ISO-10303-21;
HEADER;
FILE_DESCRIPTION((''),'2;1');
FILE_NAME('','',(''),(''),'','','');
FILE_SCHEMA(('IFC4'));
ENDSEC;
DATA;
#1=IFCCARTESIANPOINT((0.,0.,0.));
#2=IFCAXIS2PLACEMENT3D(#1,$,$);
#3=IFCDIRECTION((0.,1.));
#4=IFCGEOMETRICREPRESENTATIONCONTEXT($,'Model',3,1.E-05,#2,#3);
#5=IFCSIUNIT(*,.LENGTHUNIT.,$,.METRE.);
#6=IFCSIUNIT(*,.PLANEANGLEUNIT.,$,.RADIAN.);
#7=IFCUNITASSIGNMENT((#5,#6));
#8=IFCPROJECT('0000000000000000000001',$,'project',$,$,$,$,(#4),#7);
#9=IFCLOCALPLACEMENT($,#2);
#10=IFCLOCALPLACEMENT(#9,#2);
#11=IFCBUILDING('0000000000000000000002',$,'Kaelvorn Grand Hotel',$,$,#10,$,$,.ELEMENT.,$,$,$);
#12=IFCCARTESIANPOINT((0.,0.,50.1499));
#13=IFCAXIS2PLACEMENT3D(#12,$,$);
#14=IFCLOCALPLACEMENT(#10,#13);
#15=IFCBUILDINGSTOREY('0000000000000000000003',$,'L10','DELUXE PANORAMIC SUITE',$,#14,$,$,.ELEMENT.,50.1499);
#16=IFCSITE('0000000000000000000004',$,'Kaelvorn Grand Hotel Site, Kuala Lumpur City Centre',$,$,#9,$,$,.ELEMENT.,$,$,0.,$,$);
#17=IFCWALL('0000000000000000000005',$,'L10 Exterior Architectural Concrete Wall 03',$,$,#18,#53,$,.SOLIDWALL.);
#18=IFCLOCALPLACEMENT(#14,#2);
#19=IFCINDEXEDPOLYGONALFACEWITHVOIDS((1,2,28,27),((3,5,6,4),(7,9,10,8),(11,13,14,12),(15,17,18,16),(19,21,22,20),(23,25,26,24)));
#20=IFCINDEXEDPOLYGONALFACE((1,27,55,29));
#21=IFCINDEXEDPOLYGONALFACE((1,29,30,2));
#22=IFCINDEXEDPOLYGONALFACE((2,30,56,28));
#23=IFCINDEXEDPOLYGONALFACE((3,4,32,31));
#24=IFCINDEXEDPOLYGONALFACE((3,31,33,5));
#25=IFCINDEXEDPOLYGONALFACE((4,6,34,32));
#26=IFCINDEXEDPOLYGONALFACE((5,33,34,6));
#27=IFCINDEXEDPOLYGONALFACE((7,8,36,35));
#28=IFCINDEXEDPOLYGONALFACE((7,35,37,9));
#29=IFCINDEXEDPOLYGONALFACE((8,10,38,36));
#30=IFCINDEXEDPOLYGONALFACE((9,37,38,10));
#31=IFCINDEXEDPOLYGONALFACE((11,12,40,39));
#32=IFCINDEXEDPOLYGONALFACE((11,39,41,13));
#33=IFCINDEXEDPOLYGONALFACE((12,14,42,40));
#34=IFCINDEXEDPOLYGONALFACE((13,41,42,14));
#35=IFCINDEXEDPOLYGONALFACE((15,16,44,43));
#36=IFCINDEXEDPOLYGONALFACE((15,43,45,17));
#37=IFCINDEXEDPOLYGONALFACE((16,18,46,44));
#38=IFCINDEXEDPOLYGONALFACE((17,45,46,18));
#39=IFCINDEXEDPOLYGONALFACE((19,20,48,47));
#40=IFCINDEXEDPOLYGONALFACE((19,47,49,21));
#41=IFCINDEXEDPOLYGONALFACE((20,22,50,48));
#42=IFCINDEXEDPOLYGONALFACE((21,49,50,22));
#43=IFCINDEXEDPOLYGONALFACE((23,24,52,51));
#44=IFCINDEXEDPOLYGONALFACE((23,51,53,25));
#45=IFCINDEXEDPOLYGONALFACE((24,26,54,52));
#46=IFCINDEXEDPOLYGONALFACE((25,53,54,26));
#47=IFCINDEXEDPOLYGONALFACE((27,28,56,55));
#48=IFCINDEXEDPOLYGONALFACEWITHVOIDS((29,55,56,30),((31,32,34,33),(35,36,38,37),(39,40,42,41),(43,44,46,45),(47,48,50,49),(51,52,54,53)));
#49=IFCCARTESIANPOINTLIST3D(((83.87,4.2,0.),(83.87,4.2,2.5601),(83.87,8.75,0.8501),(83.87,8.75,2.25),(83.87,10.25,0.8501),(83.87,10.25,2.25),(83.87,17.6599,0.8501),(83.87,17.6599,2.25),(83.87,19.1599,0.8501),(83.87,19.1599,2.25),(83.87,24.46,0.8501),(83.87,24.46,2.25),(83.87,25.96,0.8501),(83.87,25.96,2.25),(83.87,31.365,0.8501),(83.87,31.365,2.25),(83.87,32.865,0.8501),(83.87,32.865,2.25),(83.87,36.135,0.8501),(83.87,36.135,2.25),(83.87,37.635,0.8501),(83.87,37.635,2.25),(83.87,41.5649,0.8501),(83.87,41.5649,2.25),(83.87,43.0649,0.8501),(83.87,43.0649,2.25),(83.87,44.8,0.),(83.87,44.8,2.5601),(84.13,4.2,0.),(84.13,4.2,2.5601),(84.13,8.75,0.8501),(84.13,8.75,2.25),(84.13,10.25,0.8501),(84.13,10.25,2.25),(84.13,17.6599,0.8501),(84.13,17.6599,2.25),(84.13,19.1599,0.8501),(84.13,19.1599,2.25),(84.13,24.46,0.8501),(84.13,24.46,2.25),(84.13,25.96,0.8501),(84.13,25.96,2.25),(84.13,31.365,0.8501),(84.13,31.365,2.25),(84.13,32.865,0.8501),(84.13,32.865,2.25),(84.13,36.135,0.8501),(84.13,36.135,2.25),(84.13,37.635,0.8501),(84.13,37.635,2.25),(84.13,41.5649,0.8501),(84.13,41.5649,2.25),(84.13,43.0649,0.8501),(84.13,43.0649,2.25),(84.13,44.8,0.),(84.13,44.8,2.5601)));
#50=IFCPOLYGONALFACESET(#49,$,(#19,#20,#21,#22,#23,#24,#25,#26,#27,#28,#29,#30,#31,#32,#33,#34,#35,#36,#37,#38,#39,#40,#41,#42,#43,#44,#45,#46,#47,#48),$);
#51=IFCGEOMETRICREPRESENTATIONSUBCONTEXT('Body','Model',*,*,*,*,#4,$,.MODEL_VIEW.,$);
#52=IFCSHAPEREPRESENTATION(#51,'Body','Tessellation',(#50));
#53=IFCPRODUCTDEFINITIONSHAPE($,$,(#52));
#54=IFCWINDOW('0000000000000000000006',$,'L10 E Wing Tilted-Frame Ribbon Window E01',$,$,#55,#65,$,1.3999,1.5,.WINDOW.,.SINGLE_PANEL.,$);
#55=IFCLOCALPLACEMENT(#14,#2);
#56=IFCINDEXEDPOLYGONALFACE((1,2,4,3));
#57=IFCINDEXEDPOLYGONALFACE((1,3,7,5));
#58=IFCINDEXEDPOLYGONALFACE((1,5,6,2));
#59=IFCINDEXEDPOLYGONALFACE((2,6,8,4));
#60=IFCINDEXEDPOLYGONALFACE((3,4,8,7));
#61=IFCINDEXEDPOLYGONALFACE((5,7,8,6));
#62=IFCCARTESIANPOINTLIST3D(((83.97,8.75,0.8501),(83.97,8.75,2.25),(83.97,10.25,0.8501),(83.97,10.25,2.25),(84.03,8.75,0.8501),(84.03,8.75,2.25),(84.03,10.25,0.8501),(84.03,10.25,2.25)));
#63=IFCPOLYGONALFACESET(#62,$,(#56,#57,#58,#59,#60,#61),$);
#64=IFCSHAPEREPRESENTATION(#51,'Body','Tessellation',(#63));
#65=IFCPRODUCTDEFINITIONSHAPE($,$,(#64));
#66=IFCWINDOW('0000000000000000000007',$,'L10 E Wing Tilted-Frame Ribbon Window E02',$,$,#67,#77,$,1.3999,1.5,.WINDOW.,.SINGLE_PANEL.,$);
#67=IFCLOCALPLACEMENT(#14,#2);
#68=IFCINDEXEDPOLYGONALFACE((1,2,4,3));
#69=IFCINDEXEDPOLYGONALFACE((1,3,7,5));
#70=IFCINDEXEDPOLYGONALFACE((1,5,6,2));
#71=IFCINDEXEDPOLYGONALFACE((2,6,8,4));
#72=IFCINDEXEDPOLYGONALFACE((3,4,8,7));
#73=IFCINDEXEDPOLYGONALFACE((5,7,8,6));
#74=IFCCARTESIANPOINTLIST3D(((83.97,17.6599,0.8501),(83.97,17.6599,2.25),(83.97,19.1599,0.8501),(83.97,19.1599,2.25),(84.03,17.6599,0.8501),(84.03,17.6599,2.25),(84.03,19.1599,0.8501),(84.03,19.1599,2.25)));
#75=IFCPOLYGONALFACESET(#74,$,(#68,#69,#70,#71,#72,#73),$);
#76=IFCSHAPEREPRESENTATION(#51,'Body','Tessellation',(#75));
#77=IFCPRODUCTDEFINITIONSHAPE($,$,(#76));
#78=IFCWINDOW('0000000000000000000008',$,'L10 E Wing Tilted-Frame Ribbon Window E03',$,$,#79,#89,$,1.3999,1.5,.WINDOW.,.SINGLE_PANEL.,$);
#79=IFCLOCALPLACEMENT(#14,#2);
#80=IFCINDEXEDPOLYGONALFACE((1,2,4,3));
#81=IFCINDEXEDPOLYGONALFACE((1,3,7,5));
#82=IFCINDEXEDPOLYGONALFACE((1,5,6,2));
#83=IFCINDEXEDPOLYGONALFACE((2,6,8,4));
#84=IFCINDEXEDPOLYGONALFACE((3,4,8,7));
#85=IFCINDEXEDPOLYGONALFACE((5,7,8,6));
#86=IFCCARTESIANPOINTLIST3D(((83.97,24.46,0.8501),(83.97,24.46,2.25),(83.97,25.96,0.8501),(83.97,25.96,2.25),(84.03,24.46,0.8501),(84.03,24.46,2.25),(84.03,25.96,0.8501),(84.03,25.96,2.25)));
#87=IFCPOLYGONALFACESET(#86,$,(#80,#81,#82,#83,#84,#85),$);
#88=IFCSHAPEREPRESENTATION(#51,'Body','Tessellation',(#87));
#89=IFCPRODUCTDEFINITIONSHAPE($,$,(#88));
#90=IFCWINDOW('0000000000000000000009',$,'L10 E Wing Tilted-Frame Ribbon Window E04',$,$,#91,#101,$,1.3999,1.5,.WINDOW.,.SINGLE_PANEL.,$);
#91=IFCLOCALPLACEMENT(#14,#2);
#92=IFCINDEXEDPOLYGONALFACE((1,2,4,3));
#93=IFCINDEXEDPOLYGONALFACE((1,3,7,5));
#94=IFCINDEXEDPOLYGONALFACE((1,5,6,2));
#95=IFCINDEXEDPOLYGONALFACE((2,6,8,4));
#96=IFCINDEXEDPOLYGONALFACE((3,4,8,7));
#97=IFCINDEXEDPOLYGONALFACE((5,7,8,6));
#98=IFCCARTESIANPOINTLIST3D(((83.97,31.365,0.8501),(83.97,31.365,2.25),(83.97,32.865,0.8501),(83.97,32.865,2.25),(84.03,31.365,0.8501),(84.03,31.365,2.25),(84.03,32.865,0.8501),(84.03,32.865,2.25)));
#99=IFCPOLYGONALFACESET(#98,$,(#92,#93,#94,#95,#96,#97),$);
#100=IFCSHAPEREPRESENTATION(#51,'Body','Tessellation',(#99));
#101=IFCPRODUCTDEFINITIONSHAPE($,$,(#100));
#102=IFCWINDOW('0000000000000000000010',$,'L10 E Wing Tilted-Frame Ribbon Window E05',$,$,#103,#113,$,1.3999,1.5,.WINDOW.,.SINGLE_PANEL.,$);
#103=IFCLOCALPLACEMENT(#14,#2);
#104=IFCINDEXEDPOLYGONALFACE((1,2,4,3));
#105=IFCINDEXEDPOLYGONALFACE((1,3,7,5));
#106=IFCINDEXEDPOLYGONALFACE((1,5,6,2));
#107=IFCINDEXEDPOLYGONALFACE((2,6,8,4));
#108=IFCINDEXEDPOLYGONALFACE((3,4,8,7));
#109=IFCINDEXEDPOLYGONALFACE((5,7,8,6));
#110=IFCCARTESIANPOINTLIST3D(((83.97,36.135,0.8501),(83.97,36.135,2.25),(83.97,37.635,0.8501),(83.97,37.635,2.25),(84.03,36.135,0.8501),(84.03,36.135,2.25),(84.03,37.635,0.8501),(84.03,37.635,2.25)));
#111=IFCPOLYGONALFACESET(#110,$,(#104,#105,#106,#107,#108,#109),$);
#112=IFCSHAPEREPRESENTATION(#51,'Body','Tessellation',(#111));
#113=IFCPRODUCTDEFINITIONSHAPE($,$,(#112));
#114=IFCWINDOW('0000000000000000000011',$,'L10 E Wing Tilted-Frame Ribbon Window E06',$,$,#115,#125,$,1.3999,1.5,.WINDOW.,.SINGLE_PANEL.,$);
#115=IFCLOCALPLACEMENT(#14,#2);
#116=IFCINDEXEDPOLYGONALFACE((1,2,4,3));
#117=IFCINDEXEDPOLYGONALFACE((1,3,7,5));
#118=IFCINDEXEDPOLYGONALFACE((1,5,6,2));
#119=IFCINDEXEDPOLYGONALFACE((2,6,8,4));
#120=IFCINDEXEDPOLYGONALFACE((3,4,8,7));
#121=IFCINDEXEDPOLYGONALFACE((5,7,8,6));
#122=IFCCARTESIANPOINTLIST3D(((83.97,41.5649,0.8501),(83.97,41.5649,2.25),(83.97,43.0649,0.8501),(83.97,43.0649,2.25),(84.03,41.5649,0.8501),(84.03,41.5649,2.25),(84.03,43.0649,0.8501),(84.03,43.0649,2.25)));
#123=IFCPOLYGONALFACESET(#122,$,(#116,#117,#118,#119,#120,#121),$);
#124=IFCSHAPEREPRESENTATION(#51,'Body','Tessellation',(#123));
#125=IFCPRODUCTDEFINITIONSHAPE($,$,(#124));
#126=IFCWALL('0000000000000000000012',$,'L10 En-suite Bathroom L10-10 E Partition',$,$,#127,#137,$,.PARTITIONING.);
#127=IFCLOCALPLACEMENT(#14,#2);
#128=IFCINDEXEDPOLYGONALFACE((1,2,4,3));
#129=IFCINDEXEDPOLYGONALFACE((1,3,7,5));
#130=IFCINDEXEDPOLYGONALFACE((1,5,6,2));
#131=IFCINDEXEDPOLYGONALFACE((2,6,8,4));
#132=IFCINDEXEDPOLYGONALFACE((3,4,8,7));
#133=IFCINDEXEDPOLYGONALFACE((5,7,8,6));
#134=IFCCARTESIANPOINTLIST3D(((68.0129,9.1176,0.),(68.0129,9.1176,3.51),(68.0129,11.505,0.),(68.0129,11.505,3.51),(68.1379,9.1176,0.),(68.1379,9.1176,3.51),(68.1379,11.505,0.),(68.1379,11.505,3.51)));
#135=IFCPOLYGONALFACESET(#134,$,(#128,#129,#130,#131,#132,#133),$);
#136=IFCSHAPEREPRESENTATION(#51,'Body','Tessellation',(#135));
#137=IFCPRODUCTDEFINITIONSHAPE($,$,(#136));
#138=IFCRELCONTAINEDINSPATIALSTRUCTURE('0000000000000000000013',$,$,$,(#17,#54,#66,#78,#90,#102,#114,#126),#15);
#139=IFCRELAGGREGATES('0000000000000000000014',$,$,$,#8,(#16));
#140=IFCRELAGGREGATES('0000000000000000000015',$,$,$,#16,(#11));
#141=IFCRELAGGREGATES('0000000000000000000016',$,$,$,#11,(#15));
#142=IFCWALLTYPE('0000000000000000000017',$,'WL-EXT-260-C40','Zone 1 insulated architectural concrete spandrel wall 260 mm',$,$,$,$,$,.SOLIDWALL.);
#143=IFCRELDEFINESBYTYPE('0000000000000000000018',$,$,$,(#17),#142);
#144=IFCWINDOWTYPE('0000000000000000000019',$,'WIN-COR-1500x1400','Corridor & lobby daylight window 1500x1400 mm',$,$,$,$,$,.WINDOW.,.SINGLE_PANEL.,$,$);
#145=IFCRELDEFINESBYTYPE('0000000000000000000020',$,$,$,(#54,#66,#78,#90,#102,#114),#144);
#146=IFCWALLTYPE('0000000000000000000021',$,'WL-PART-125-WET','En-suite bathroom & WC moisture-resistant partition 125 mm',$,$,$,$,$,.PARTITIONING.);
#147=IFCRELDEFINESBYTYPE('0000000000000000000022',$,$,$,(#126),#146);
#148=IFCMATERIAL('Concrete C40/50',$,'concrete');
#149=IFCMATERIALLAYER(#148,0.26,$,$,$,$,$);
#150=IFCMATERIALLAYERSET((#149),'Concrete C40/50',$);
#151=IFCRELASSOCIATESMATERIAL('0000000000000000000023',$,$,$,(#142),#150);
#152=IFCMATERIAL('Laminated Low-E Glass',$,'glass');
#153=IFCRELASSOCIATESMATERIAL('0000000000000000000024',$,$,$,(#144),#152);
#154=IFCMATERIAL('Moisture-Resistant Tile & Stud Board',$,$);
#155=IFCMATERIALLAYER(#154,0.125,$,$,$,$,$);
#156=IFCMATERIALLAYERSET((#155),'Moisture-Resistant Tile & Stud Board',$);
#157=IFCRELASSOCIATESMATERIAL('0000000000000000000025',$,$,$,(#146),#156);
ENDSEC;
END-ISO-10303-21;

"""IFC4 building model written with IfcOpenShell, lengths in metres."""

from ifc_helpers import new_model, si_unit, direction, frame, frame_2d, origin, place, context, subcontext, project, spatial, rectangle, extrude, material, layer, layer_set, type_object, element, fill, save


model = new_model("IFC4")

# Units and contexts
model_context = context("Model", 3, precision=1e-05, world=origin(), true_north=direction((0.0, 1.0)))
body_context = subcontext(model_context, "Body", "Model", "MODEL_VIEW")
ifc_project = project(units=[si_unit("LENGTHUNIT", "METRE"), si_unit("PLANEANGLEUNIT", "RADIAN")], contexts=[model_context])

# Site, building, storey
site_placement = place(None, origin())
site = spatial("IfcSite", under=ifc_project, at=site_placement, Name="Kaelvorn Grand Hotel Site, Kuala Lumpur City Centre", CompositionType="ELEMENT", RefElevation=0.0)
building_placement = place(site_placement, origin())
building = spatial("IfcBuilding", under=site, at=building_placement, Name="Kaelvorn Grand Hotel", CompositionType="ELEMENT")
storey_placement = place(building_placement, frame((0.0, 0.0, 50.1499)))
storey = spatial("IfcBuildingStorey", under=building, at=storey_placement, Name="L10", Description="DELUXE PANORAMIC SUITE", CompositionType="ELEMENT", Elevation=50.1499)

# Shared definitions
ifc_material_1 = material(Name="Concrete C40/50", Category="concrete")

# Shared definitions
ifc_layer_1 = layer(ifc_material_1, 0.26)
ifc_layer_set_1 = layer_set([ifc_layer_1], Name="Concrete C40/50")
wall_type_1 = type_object("IfcWallType", Name="WL-EXT-260-C40", Description="Zone 1 insulated architectural concrete spandrel wall 260 mm", PredefinedType="SOLIDWALL", material=ifc_layer_set_1)

# Wall, openings, windows
wall_1_placement = place(storey_placement, frame((84.0, 4.2, 0.0), z_axis=(0.0, 0.0, 1.0), x_axis=(0.0, 1.0, 0.0)))
wall_1 = element("IfcWall", 1, at=wall_1_placement, inside=storey, type_object=wall_type_1, Name="L10 Exterior Architectural Concrete Wall 03", PredefinedType="SOLIDWALL", context=body_context, shape_type="SweptSolid", body=[
    extrude(rectangle(XDim=40.6001, YDim=0.26, at=frame_2d((20.3, 0.0))), origin(), (0.0, 0.0, 1.0), 2.5601),
])
opening_1_placement = place(wall_1_placement, frame((4.55, 0.0, 0.8501)))
opening_1 = element("IfcOpeningElement", 2, at=opening_1_placement, cuts=wall_1, PredefinedType="OPENING", context=body_context, shape_type="SweptSolid", body=[
    extrude(rectangle(XDim=1.5, YDim=1.3999, at=frame_2d((0.75, 0.7))), frame((0.0, 0.1401, 0.0), z_axis=(0.0, -1.0, 0.0), x_axis=(1.0, 0.0, 0.0)), (0.0, 0.0, 1.0), 0.28),
])
opening_2_placement = place(wall_1_placement, frame((13.46, 0.0, 0.8501)))
opening_2 = element("IfcOpeningElement", 3, at=opening_2_placement, cuts=wall_1, PredefinedType="OPENING", context=body_context, shape_type="SweptSolid", body=[
    extrude(rectangle(XDim=1.5, YDim=1.3999, at=frame_2d((0.75, 0.7))), frame((0.0, 0.1401, 0.0), z_axis=(0.0, -1.0, 0.0), x_axis=(1.0, 0.0, 0.0)), (0.0, 0.0, 1.0), 0.28),
])
opening_3_placement = place(wall_1_placement, frame((20.26, 0.0, 0.8501)))
opening_3 = element("IfcOpeningElement", 4, at=opening_3_placement, cuts=wall_1, PredefinedType="OPENING", context=body_context, shape_type="SweptSolid", body=[
    extrude(rectangle(XDim=1.5, YDim=1.3999, at=frame_2d((0.75, 0.7))), frame((0.0, 0.1401, 0.0), z_axis=(0.0, -1.0, 0.0), x_axis=(1.0, 0.0, 0.0)), (0.0, 0.0, 1.0), 0.28),
])
opening_4_placement = place(wall_1_placement, frame((27.165, 0.0, 0.8501)))
opening_4 = element("IfcOpeningElement", 5, at=opening_4_placement, cuts=wall_1, PredefinedType="OPENING", context=body_context, shape_type="SweptSolid", body=[
    extrude(rectangle(XDim=1.5, YDim=1.3999, at=frame_2d((0.75, 0.7))), frame((0.0, 0.1401, 0.0), z_axis=(0.0, -1.0, 0.0), x_axis=(1.0, 0.0, 0.0)), (0.0, 0.0, 1.0), 0.28),
])
opening_5_placement = place(wall_1_placement, frame((31.9351, 0.0, 0.8501)))
opening_5 = element("IfcOpeningElement", 6, at=opening_5_placement, cuts=wall_1, PredefinedType="OPENING", context=body_context, shape_type="SweptSolid", body=[
    extrude(rectangle(XDim=1.5, YDim=1.3999, at=frame_2d((0.75, 0.7))), frame((0.0, 0.1401, 0.0), z_axis=(0.0, -1.0, 0.0), x_axis=(1.0, 0.0, 0.0)), (0.0, 0.0, 1.0), 0.28),
])
opening_6_placement = place(wall_1_placement, frame((37.365, 0.0, 0.8501)))
opening_6 = element("IfcOpeningElement", 7, at=opening_6_placement, cuts=wall_1, PredefinedType="OPENING", context=body_context, shape_type="SweptSolid", body=[
    extrude(rectangle(XDim=1.5, YDim=1.3999, at=frame_2d((0.75, 0.7))), frame((0.0, 0.1401, 0.0), z_axis=(0.0, -1.0, 0.0), x_axis=(1.0, 0.0, 0.0)), (0.0, 0.0, 1.0), 0.28),
])
ifc_material_2 = material(Name="Laminated Low-E Glass", Category="glass")
window_type = type_object("IfcWindowType", Name="WIN-COR-1500x1400", Description="Corridor & lobby daylight window 1500x1400 mm", PartitioningType="SINGLE_PANEL", PredefinedType="WINDOW", material=ifc_material_2)
window_1_placement = place(opening_1_placement, origin())
window_1 = element("IfcWindow", 8, at=window_1_placement, inside=storey, type_object=window_type, Name="L10 E Wing Tilted-Frame Ribbon Window E01", OverallHeight=1.3999, OverallWidth=1.5, PartitioningType="SINGLE_PANEL", PredefinedType="WINDOW", context=body_context, shape_type="SweptSolid", body=[
    extrude(rectangle(XDim=1.5, YDim=1.3999, at=frame_2d((0.75, 0.7))), frame((0.0, 0.03, 0.0), z_axis=(0.0, -1.0, 0.0), x_axis=(1.0, 0.0, 0.0)), (0.0, 0.0, 1.0), 0.0601),
])
fill(opening_1, window_1)
window_2_placement = place(opening_2_placement, origin())
window_2 = element("IfcWindow", 9, at=window_2_placement, inside=storey, type_object=window_type, Name="L10 E Wing Tilted-Frame Ribbon Window E02", OverallHeight=1.3999, OverallWidth=1.5, PartitioningType="SINGLE_PANEL", PredefinedType="WINDOW", context=body_context, shape_type="SweptSolid", body=[
    extrude(rectangle(XDim=1.5, YDim=1.3999, at=frame_2d((0.75, 0.7))), frame((0.0, 0.03, 0.0), z_axis=(0.0, -1.0, 0.0), x_axis=(1.0, 0.0, 0.0)), (0.0, 0.0, 1.0), 0.0601),
])
fill(opening_2, window_2)
window_3_placement = place(opening_3_placement, origin())
window_3 = element("IfcWindow", 10, at=window_3_placement, inside=storey, type_object=window_type, Name="L10 E Wing Tilted-Frame Ribbon Window E03", OverallHeight=1.3999, OverallWidth=1.5, PartitioningType="SINGLE_PANEL", PredefinedType="WINDOW", context=body_context, shape_type="SweptSolid", body=[
    extrude(rectangle(XDim=1.5, YDim=1.3999, at=frame_2d((0.75, 0.7))), frame((0.0, 0.03, 0.0), z_axis=(0.0, -1.0, 0.0), x_axis=(1.0, 0.0, 0.0)), (0.0, 0.0, 1.0), 0.0601),
])
fill(opening_3, window_3)
window_4_placement = place(opening_4_placement, origin())
window_4 = element("IfcWindow", 11, at=window_4_placement, inside=storey, type_object=window_type, Name="L10 E Wing Tilted-Frame Ribbon Window E04", OverallHeight=1.3999, OverallWidth=1.5, PartitioningType="SINGLE_PANEL", PredefinedType="WINDOW", context=body_context, shape_type="SweptSolid", body=[
    extrude(rectangle(XDim=1.5, YDim=1.3999, at=frame_2d((0.75, 0.7))), frame((0.0, 0.03, 0.0), z_axis=(0.0, -1.0, 0.0), x_axis=(1.0, 0.0, 0.0)), (0.0, 0.0, 1.0), 0.0601),
])
fill(opening_4, window_4)
window_5_placement = place(opening_5_placement, origin())
window_5 = element("IfcWindow", 12, at=window_5_placement, inside=storey, type_object=window_type, Name="L10 E Wing Tilted-Frame Ribbon Window E05", OverallHeight=1.3999, OverallWidth=1.5, PartitioningType="SINGLE_PANEL", PredefinedType="WINDOW", context=body_context, shape_type="SweptSolid", body=[
    extrude(rectangle(XDim=1.5, YDim=1.3999, at=frame_2d((0.75, 0.7))), frame((0.0, 0.03, 0.0), z_axis=(0.0, -1.0, 0.0), x_axis=(1.0, 0.0, 0.0)), (0.0, 0.0, 1.0), 0.0601),
])
fill(opening_5, window_5)
window_6_placement = place(opening_6_placement, origin())
window_6 = element("IfcWindow", 13, at=window_6_placement, inside=storey, type_object=window_type, Name="L10 E Wing Tilted-Frame Ribbon Window E06", OverallHeight=1.3999, OverallWidth=1.5, PartitioningType="SINGLE_PANEL", PredefinedType="WINDOW", context=body_context, shape_type="SweptSolid", body=[
    extrude(rectangle(XDim=1.5, YDim=1.3999, at=frame_2d((0.75, 0.7))), frame((0.0, 0.03, 0.0), z_axis=(0.0, -1.0, 0.0), x_axis=(1.0, 0.0, 0.0)), (0.0, 0.0, 1.0), 0.0601),
])
fill(opening_6, window_6)

# Wall
ifc_material_3 = material(Name="Moisture-Resistant Tile & Stud Board")
ifc_layer_2 = layer(ifc_material_3, 0.125)
ifc_layer_set_2 = layer_set([ifc_layer_2], Name="Moisture-Resistant Tile & Stud Board")
wall_type_2 = type_object("IfcWallType", Name="WL-PART-125-WET", Description="En-suite bathroom & WC moisture-resistant partition 125 mm", PredefinedType="PARTITIONING", material=ifc_layer_set_2)
wall_2_placement = place(storey_placement, frame((68.0754, 9.1174, 0.0), z_axis=(0.0, 0.0, 1.0), x_axis=(0.0, 1.0, 0.0)))
element("IfcWall", 14, at=wall_2_placement, inside=storey, type_object=wall_type_2, Name="L10 En-suite Bathroom L10-10 E Partition", PredefinedType="PARTITIONING", context=body_context, shape_type="SweptSolid", body=[
    extrude(rectangle(XDim=2.3875, YDim=0.125, at=frame_2d((1.1938, 0.0))), origin(), (0.0, 0.0, 1.0), 3.51),
])

save(model, "model.ifc")
